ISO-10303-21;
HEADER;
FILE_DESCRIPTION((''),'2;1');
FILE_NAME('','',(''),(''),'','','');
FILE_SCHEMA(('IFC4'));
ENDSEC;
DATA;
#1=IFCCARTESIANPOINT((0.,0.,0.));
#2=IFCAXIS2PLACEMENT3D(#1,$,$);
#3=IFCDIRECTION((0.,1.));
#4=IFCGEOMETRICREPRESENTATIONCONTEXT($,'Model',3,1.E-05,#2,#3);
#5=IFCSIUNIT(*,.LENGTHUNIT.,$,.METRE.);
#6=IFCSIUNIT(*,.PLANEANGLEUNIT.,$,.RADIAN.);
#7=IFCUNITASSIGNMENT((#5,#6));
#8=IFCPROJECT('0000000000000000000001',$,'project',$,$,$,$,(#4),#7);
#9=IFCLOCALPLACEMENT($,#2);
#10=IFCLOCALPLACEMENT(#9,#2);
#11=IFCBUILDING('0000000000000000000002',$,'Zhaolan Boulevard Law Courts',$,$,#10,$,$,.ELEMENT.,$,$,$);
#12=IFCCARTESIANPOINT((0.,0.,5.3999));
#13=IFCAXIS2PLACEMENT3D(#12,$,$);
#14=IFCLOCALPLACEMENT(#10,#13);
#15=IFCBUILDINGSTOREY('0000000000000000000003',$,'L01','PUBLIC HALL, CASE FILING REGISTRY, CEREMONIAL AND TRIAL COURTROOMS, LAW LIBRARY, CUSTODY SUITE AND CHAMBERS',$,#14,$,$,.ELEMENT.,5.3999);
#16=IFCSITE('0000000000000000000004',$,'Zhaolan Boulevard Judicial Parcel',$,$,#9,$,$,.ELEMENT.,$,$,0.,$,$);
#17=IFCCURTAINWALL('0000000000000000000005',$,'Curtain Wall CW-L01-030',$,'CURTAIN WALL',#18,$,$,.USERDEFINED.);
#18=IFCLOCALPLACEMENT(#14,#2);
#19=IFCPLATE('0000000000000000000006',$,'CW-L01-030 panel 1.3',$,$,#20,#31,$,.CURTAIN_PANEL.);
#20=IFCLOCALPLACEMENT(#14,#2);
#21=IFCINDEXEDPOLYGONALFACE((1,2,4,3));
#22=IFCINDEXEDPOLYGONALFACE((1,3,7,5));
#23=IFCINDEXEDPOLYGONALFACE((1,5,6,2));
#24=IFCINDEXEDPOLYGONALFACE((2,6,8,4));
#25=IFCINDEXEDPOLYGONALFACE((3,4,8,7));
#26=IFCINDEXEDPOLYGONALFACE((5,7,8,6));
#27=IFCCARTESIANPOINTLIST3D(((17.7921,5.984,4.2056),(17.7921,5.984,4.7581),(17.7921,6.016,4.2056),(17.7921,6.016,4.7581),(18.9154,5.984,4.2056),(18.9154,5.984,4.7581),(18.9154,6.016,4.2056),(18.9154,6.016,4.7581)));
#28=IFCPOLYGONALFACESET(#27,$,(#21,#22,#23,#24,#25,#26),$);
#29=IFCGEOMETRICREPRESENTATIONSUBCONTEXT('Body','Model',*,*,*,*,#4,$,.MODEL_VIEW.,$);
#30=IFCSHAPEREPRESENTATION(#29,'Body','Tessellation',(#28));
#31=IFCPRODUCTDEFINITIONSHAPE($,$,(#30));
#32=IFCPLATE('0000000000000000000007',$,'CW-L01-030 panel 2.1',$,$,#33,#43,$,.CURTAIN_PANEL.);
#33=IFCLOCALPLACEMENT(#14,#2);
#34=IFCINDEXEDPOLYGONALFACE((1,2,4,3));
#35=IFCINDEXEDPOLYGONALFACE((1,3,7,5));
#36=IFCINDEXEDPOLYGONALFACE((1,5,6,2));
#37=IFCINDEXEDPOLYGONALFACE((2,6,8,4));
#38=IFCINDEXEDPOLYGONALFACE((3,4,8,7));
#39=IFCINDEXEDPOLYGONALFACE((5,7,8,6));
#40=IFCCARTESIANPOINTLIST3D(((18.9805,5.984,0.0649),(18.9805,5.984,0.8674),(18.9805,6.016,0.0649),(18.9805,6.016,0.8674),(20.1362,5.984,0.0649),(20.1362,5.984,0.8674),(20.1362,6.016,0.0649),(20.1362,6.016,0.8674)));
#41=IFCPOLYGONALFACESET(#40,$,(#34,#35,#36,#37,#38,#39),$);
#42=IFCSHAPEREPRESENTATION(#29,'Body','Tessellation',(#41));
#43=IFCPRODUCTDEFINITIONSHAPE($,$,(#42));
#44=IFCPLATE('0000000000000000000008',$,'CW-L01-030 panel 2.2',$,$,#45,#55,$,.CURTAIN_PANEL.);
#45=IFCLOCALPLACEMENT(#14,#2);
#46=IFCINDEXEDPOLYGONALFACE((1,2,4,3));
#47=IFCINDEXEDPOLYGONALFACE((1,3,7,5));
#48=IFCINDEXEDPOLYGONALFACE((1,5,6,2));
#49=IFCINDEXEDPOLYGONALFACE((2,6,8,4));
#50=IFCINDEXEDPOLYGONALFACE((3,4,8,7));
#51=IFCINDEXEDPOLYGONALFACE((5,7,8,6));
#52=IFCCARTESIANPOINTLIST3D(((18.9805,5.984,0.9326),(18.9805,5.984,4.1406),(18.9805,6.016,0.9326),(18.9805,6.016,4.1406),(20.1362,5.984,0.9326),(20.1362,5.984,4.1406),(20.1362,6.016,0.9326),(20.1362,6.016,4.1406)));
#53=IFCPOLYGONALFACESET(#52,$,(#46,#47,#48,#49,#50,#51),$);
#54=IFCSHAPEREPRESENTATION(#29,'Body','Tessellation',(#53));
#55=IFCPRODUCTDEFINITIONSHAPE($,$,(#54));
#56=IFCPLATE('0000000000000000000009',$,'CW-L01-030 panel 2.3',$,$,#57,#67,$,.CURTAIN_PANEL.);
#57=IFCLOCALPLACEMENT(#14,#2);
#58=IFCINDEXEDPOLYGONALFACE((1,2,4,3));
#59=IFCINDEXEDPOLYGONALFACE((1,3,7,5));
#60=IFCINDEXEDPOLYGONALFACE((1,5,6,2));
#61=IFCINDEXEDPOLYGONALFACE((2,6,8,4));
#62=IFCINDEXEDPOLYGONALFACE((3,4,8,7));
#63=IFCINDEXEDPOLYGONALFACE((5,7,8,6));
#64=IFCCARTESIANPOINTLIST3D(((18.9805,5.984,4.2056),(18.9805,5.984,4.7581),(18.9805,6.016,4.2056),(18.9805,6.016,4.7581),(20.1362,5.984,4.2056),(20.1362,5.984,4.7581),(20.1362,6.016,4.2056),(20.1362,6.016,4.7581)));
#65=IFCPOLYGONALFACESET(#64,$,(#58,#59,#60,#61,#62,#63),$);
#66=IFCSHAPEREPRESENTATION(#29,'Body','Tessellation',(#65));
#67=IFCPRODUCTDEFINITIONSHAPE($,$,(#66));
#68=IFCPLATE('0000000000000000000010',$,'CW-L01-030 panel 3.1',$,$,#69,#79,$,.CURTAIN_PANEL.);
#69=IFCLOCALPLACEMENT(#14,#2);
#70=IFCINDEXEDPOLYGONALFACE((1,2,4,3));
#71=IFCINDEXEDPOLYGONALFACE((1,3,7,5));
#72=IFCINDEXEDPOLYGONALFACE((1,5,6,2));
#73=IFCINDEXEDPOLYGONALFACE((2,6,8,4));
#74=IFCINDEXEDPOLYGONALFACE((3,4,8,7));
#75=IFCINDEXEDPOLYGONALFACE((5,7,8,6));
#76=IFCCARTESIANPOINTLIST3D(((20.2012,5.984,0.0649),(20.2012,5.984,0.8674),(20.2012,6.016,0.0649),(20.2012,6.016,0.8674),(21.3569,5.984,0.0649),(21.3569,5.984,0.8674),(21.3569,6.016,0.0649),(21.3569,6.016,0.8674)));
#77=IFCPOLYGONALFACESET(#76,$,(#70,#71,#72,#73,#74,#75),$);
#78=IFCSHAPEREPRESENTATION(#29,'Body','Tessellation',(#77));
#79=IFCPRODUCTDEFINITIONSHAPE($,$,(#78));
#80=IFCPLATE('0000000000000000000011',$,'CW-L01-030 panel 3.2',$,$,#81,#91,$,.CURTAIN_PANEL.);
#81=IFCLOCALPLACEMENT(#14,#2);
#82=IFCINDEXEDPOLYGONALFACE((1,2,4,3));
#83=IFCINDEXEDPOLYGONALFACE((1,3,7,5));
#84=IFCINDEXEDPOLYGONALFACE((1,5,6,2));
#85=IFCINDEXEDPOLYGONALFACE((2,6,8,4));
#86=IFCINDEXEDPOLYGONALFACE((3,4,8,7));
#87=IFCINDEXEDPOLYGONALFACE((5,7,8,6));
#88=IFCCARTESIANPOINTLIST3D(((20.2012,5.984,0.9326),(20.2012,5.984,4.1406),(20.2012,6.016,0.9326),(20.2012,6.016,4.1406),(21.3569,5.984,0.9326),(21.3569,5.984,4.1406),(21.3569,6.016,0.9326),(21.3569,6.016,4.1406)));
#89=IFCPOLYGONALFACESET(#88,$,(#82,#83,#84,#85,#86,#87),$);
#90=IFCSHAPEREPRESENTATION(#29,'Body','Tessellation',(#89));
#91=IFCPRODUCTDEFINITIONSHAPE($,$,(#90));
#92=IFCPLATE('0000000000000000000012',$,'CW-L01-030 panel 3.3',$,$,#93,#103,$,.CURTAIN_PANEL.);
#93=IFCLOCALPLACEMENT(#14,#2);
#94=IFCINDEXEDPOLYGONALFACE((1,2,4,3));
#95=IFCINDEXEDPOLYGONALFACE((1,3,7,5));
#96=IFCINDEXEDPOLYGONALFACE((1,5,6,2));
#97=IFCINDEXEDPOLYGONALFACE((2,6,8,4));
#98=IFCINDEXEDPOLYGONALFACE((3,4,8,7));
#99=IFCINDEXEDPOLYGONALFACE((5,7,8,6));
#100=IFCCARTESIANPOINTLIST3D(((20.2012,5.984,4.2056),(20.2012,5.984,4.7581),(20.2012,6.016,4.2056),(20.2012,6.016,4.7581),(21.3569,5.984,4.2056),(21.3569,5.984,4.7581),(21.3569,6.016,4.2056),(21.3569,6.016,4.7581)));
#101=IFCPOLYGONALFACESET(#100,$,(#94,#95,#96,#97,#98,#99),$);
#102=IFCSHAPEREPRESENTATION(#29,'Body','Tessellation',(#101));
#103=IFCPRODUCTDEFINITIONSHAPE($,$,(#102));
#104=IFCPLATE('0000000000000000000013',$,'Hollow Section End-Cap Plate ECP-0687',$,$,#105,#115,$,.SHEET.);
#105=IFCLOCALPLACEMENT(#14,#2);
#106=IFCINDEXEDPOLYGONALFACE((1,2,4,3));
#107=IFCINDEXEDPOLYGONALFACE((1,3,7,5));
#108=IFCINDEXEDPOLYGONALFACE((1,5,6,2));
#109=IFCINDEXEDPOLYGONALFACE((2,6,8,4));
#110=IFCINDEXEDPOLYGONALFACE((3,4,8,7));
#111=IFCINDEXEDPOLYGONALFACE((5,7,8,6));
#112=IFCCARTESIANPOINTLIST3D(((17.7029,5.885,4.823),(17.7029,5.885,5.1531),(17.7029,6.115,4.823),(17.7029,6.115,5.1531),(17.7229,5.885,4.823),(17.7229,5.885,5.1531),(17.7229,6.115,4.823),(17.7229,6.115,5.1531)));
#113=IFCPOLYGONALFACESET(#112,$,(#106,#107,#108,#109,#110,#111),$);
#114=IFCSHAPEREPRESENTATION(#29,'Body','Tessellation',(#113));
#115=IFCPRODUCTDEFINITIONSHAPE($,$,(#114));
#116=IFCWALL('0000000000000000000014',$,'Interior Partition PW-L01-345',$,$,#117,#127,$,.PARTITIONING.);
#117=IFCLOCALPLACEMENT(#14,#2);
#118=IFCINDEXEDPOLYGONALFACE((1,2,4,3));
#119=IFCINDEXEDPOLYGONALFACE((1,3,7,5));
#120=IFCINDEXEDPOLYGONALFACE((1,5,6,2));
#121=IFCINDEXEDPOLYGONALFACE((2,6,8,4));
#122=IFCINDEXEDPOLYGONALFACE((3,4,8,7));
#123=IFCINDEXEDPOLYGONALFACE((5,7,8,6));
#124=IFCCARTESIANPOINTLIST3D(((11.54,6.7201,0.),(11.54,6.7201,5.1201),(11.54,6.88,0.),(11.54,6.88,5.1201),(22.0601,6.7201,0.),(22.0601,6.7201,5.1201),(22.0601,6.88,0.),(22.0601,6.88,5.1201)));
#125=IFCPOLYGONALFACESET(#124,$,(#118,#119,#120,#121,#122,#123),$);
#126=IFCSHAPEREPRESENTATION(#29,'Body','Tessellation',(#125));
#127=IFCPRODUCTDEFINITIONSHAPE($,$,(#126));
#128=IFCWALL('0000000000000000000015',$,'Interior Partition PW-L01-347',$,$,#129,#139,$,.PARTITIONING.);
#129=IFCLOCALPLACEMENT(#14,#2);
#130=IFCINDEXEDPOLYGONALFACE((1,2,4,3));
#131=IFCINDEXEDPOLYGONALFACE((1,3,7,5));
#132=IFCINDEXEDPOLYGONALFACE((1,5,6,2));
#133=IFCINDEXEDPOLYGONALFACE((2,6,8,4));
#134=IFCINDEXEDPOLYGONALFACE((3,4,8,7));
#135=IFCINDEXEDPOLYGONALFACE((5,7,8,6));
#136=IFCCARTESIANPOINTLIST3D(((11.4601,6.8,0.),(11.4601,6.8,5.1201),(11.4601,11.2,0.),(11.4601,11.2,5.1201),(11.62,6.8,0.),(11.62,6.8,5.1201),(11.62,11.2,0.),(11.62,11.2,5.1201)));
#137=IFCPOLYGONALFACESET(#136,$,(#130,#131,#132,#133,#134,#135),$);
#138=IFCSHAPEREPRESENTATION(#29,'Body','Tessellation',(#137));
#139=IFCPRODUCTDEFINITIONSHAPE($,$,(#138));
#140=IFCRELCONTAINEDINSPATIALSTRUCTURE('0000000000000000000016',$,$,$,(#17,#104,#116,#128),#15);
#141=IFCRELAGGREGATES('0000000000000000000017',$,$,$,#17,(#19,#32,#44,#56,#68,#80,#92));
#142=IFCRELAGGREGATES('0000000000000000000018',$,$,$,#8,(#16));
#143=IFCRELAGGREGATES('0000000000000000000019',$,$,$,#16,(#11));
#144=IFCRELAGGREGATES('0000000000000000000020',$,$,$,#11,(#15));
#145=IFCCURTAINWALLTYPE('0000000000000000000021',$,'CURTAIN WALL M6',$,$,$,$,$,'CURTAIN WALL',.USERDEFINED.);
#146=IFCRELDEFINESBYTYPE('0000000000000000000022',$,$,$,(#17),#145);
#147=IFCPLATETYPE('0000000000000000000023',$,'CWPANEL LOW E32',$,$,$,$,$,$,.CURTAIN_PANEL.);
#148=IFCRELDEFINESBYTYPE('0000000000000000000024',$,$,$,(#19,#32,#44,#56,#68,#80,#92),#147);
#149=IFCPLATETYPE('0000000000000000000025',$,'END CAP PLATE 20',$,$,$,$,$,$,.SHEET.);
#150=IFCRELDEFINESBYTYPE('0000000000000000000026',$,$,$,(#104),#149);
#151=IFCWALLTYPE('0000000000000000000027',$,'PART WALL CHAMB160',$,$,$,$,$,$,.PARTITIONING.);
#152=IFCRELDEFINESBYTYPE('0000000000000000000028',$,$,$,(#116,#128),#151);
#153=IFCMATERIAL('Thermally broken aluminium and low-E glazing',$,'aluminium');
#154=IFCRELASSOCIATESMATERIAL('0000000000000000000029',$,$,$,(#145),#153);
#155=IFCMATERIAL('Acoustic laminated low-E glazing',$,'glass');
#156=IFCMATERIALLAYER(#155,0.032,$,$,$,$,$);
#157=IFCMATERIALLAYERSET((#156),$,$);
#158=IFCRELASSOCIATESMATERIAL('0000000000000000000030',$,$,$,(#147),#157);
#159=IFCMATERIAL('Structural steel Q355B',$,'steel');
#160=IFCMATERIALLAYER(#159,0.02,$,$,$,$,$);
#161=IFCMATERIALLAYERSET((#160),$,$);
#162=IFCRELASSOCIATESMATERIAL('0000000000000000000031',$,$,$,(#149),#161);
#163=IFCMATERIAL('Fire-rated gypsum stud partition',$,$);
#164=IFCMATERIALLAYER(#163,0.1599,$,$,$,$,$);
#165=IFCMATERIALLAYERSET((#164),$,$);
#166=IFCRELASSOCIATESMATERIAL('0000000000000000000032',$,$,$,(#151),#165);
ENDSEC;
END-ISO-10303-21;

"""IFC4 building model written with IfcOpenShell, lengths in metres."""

from ifc_helpers import new_model, si_unit, direction, frame, frame_2d, origin, origin_2d, place, context, subcontext, project, spatial, rectangle, extrude, material, layer, layer_set, type_object, element, aggregate, save


model = new_model("IFC4")

# Units and contexts
model_context = context("Model", 3, precision=1e-05, world=origin(), true_north=direction((0.0, 1.0)))
body_context = subcontext(model_context, "Body", "Model", "MODEL_VIEW")
ifc_project = project(units=[si_unit("LENGTHUNIT", "METRE"), si_unit("PLANEANGLEUNIT", "RADIAN")], contexts=[model_context])

# Site, building, storey
site_placement = place(None, origin())
site = spatial("IfcSite", under=ifc_project, at=site_placement, Name="Zhaolan Boulevard Judicial Parcel", CompositionType="ELEMENT", RefElevation=0.0)
building_placement = place(site_placement, origin())
building = spatial("IfcBuilding", under=site, at=building_placement, Name="Zhaolan Boulevard Law Courts", CompositionType="ELEMENT")
storey_placement = place(building_placement, frame((0.0, 0.0, 5.3999)))
storey = spatial("IfcBuildingStorey", under=building, at=storey_placement, Name="L01", Description="PUBLIC HALL, CASE FILING REGISTRY, CEREMONIAL AND TRIAL COURTROOMS, LAW LIBRARY, CUSTODY SUITE AND CHAMBERS", CompositionType="ELEMENT", Elevation=5.3999)

# Curtain wall
ifc_material_1 = material(Name="Thermally broken aluminium and low-E glazing", Category="aluminium")
curtain_wall_type = type_object("IfcCurtainWallType", Name="CURTAIN WALL M6", ElementType="CURTAIN WALL", PredefinedType="USERDEFINED", material=ifc_material_1)
curtain_wall_placement = place(storey_placement, origin())
curtain_wall = element("IfcCurtainWall", 1, at=curtain_wall_placement, inside=storey, type_object=curtain_wall_type, Name="Curtain Wall CW-L01-030", ObjectType="CURTAIN WALL", PredefinedType="USERDEFINED")

# Plates
ifc_material_2 = material(Name="Acoustic laminated low-E glazing", Category="glass")
ifc_layer_1 = layer(ifc_material_2, 0.032)
ifc_layer_set_1 = layer_set([ifc_layer_1])
plate_type_1 = type_object("IfcPlateType", Name="CWPANEL LOW E32", PredefinedType="CURTAIN_PANEL", material=ifc_layer_set_1)
plate_1_placement = place(storey_placement, frame((18.3538, 6.0, 4.2056), z_axis=(0.0, 0.0, 1.0), x_axis=(1.0, 0.0, 0.0)))
plate_1 = element("IfcPlate", 2, at=plate_1_placement, type_object=plate_type_1, Name="CW-L01-030 panel 1.3", PredefinedType="CURTAIN_PANEL", context=body_context, shape_type="SweptSolid", body=[
    extrude(rectangle(XDim=1.1233, YDim=0.032, at=origin_2d()), origin(), (0.0, 0.0, 1.0), 0.5525),
])
plate_2_placement = place(storey_placement, frame((19.5583, 6.0, 0.0649), z_axis=(0.0, 0.0, 1.0), x_axis=(1.0, 0.0, 0.0)))
plate_2 = element("IfcPlate", 3, at=plate_2_placement, type_object=plate_type_1, Name="CW-L01-030 panel 2.1", PredefinedType="CURTAIN_PANEL", context=body_context, shape_type="SweptSolid", body=[
    extrude(rectangle(XDim=1.1558, YDim=0.032, at=origin_2d()), origin(), (0.0, 0.0, 1.0), 0.8025),
])
plate_3_placement = place(storey_placement, frame((19.5583, 6.0, 0.9326), z_axis=(0.0, 0.0, 1.0), x_axis=(1.0, 0.0, 0.0)))
plate_3 = element("IfcPlate", 4, at=plate_3_placement, type_object=plate_type_1, Name="CW-L01-030 panel 2.2", PredefinedType="CURTAIN_PANEL", context=body_context, shape_type="SweptSolid", body=[
    extrude(rectangle(XDim=1.1558, YDim=0.032, at=origin_2d()), origin(), (0.0, 0.0, 1.0), 3.208),
])
plate_4_placement = place(storey_placement, frame((19.5583, 6.0, 4.2056), z_axis=(0.0, 0.0, 1.0), x_axis=(1.0, 0.0, 0.0)))
plate_4 = element("IfcPlate", 5, at=plate_4_placement, type_object=plate_type_1, Name="CW-L01-030 panel 2.3", PredefinedType="CURTAIN_PANEL", context=body_context, shape_type="SweptSolid", body=[
    extrude(rectangle(XDim=1.1558, YDim=0.032, at=origin_2d()), origin(), (0.0, 0.0, 1.0), 0.5525),
])
plate_5_placement = place(storey_placement, frame((20.7791, 6.0, 0.0649), z_axis=(0.0, 0.0, 1.0), x_axis=(1.0, 0.0, 0.0)))
plate_5 = element("IfcPlate", 6, at=plate_5_placement, type_object=plate_type_1, Name="CW-L01-030 panel 3.1", PredefinedType="CURTAIN_PANEL", context=body_context, shape_type="SweptSolid", body=[
    extrude(rectangle(XDim=1.1558, YDim=0.032, at=origin_2d()), origin(), (0.0, 0.0, 1.0), 0.8025),
])
plate_6_placement = place(storey_placement, frame((20.7791, 6.0, 0.9326), z_axis=(0.0, 0.0, 1.0), x_axis=(1.0, 0.0, 0.0)))
plate_6 = element("IfcPlate", 7, at=plate_6_placement, type_object=plate_type_1, Name="CW-L01-030 panel 3.2", PredefinedType="CURTAIN_PANEL", context=body_context, shape_type="SweptSolid", body=[
    extrude(rectangle(XDim=1.1558, YDim=0.032, at=origin_2d()), origin(), (0.0, 0.0, 1.0), 3.208),
])
plate_7_placement = place(storey_placement, frame((20.7791, 6.0, 4.2056), z_axis=(0.0, 0.0, 1.0), x_axis=(1.0, 0.0, 0.0)))
plate_7 = element("IfcPlate", 8, at=plate_7_placement, type_object=plate_type_1, Name="CW-L01-030 panel 3.3", PredefinedType="CURTAIN_PANEL", context=body_context, shape_type="SweptSolid", body=[
    extrude(rectangle(XDim=1.1558, YDim=0.032, at=origin_2d()), origin(), (0.0, 0.0, 1.0), 0.5525),
])
aggregate(curtain_wall, [plate_1, plate_2, plate_3, plate_4, plate_5, plate_6, plate_7])
ifc_material_3 = material(Name="Structural steel Q355B", Category="steel")
ifc_layer_2 = layer(ifc_material_3, 0.02)
ifc_layer_set_2 = layer_set([ifc_layer_2])
plate_type_2 = type_object("IfcPlateType", Name="END CAP PLATE 20", PredefinedType="SHEET", material=ifc_layer_set_2)
plate_8_placement = place(storey_placement, frame((17.7129, 6.0, 4.823), z_axis=(0.0, 0.0, 1.0), x_axis=(1.0, 0.0, 0.0)))
element("IfcPlate", 9, at=plate_8_placement, inside=storey, type_object=plate_type_2, Name="Hollow Section End-Cap Plate ECP-0687", PredefinedType="SHEET", context=body_context, shape_type="SweptSolid", body=[
    extrude(rectangle(XDim=0.02, YDim=0.23, at=origin_2d()), origin(), (0.0, 0.0, 1.0), 0.3301),
])

# Walls
ifc_material_4 = material(Name="Fire-rated gypsum stud partition")
ifc_layer_3 = layer(ifc_material_4, 0.1599)
ifc_layer_set_3 = layer_set([ifc_layer_3])
wall_type = type_object("IfcWallType", Name="PART WALL CHAMB160", PredefinedType="PARTITIONING", material=ifc_layer_set_3)
wall_1_placement = place(storey_placement, frame((11.54, 6.8, 0.0), z_axis=(0.0, 0.0, 1.0), x_axis=(1.0, 0.0, 0.0)))
element("IfcWall", 10, at=wall_1_placement, inside=storey, type_object=wall_type, Name="Interior Partition PW-L01-345", PredefinedType="PARTITIONING", context=body_context, shape_type="SweptSolid", body=[
    extrude(rectangle(XDim=10.52, YDim=0.1599, at=frame_2d((5.26, 0.0))), origin(), (0.0, 0.0, 1.0), 5.1201),
])
wall_2_placement = place(storey_placement, frame((11.54, 11.2, 0.0), z_axis=(0.0, 0.0, 1.0), x_axis=(0.0, -1.0, 0.0)))
element("IfcWall", 11, at=wall_2_placement, inside=storey, type_object=wall_type, Name="Interior Partition PW-L01-347", PredefinedType="PARTITIONING", context=body_context, shape_type="SweptSolid", body=[
    extrude(rectangle(XDim=4.3999, YDim=0.1599, at=frame_2d((2.2, 0.0))), origin(), (0.0, 0.0, 1.0), 5.1201),
])

save(model, "model.ifc")
